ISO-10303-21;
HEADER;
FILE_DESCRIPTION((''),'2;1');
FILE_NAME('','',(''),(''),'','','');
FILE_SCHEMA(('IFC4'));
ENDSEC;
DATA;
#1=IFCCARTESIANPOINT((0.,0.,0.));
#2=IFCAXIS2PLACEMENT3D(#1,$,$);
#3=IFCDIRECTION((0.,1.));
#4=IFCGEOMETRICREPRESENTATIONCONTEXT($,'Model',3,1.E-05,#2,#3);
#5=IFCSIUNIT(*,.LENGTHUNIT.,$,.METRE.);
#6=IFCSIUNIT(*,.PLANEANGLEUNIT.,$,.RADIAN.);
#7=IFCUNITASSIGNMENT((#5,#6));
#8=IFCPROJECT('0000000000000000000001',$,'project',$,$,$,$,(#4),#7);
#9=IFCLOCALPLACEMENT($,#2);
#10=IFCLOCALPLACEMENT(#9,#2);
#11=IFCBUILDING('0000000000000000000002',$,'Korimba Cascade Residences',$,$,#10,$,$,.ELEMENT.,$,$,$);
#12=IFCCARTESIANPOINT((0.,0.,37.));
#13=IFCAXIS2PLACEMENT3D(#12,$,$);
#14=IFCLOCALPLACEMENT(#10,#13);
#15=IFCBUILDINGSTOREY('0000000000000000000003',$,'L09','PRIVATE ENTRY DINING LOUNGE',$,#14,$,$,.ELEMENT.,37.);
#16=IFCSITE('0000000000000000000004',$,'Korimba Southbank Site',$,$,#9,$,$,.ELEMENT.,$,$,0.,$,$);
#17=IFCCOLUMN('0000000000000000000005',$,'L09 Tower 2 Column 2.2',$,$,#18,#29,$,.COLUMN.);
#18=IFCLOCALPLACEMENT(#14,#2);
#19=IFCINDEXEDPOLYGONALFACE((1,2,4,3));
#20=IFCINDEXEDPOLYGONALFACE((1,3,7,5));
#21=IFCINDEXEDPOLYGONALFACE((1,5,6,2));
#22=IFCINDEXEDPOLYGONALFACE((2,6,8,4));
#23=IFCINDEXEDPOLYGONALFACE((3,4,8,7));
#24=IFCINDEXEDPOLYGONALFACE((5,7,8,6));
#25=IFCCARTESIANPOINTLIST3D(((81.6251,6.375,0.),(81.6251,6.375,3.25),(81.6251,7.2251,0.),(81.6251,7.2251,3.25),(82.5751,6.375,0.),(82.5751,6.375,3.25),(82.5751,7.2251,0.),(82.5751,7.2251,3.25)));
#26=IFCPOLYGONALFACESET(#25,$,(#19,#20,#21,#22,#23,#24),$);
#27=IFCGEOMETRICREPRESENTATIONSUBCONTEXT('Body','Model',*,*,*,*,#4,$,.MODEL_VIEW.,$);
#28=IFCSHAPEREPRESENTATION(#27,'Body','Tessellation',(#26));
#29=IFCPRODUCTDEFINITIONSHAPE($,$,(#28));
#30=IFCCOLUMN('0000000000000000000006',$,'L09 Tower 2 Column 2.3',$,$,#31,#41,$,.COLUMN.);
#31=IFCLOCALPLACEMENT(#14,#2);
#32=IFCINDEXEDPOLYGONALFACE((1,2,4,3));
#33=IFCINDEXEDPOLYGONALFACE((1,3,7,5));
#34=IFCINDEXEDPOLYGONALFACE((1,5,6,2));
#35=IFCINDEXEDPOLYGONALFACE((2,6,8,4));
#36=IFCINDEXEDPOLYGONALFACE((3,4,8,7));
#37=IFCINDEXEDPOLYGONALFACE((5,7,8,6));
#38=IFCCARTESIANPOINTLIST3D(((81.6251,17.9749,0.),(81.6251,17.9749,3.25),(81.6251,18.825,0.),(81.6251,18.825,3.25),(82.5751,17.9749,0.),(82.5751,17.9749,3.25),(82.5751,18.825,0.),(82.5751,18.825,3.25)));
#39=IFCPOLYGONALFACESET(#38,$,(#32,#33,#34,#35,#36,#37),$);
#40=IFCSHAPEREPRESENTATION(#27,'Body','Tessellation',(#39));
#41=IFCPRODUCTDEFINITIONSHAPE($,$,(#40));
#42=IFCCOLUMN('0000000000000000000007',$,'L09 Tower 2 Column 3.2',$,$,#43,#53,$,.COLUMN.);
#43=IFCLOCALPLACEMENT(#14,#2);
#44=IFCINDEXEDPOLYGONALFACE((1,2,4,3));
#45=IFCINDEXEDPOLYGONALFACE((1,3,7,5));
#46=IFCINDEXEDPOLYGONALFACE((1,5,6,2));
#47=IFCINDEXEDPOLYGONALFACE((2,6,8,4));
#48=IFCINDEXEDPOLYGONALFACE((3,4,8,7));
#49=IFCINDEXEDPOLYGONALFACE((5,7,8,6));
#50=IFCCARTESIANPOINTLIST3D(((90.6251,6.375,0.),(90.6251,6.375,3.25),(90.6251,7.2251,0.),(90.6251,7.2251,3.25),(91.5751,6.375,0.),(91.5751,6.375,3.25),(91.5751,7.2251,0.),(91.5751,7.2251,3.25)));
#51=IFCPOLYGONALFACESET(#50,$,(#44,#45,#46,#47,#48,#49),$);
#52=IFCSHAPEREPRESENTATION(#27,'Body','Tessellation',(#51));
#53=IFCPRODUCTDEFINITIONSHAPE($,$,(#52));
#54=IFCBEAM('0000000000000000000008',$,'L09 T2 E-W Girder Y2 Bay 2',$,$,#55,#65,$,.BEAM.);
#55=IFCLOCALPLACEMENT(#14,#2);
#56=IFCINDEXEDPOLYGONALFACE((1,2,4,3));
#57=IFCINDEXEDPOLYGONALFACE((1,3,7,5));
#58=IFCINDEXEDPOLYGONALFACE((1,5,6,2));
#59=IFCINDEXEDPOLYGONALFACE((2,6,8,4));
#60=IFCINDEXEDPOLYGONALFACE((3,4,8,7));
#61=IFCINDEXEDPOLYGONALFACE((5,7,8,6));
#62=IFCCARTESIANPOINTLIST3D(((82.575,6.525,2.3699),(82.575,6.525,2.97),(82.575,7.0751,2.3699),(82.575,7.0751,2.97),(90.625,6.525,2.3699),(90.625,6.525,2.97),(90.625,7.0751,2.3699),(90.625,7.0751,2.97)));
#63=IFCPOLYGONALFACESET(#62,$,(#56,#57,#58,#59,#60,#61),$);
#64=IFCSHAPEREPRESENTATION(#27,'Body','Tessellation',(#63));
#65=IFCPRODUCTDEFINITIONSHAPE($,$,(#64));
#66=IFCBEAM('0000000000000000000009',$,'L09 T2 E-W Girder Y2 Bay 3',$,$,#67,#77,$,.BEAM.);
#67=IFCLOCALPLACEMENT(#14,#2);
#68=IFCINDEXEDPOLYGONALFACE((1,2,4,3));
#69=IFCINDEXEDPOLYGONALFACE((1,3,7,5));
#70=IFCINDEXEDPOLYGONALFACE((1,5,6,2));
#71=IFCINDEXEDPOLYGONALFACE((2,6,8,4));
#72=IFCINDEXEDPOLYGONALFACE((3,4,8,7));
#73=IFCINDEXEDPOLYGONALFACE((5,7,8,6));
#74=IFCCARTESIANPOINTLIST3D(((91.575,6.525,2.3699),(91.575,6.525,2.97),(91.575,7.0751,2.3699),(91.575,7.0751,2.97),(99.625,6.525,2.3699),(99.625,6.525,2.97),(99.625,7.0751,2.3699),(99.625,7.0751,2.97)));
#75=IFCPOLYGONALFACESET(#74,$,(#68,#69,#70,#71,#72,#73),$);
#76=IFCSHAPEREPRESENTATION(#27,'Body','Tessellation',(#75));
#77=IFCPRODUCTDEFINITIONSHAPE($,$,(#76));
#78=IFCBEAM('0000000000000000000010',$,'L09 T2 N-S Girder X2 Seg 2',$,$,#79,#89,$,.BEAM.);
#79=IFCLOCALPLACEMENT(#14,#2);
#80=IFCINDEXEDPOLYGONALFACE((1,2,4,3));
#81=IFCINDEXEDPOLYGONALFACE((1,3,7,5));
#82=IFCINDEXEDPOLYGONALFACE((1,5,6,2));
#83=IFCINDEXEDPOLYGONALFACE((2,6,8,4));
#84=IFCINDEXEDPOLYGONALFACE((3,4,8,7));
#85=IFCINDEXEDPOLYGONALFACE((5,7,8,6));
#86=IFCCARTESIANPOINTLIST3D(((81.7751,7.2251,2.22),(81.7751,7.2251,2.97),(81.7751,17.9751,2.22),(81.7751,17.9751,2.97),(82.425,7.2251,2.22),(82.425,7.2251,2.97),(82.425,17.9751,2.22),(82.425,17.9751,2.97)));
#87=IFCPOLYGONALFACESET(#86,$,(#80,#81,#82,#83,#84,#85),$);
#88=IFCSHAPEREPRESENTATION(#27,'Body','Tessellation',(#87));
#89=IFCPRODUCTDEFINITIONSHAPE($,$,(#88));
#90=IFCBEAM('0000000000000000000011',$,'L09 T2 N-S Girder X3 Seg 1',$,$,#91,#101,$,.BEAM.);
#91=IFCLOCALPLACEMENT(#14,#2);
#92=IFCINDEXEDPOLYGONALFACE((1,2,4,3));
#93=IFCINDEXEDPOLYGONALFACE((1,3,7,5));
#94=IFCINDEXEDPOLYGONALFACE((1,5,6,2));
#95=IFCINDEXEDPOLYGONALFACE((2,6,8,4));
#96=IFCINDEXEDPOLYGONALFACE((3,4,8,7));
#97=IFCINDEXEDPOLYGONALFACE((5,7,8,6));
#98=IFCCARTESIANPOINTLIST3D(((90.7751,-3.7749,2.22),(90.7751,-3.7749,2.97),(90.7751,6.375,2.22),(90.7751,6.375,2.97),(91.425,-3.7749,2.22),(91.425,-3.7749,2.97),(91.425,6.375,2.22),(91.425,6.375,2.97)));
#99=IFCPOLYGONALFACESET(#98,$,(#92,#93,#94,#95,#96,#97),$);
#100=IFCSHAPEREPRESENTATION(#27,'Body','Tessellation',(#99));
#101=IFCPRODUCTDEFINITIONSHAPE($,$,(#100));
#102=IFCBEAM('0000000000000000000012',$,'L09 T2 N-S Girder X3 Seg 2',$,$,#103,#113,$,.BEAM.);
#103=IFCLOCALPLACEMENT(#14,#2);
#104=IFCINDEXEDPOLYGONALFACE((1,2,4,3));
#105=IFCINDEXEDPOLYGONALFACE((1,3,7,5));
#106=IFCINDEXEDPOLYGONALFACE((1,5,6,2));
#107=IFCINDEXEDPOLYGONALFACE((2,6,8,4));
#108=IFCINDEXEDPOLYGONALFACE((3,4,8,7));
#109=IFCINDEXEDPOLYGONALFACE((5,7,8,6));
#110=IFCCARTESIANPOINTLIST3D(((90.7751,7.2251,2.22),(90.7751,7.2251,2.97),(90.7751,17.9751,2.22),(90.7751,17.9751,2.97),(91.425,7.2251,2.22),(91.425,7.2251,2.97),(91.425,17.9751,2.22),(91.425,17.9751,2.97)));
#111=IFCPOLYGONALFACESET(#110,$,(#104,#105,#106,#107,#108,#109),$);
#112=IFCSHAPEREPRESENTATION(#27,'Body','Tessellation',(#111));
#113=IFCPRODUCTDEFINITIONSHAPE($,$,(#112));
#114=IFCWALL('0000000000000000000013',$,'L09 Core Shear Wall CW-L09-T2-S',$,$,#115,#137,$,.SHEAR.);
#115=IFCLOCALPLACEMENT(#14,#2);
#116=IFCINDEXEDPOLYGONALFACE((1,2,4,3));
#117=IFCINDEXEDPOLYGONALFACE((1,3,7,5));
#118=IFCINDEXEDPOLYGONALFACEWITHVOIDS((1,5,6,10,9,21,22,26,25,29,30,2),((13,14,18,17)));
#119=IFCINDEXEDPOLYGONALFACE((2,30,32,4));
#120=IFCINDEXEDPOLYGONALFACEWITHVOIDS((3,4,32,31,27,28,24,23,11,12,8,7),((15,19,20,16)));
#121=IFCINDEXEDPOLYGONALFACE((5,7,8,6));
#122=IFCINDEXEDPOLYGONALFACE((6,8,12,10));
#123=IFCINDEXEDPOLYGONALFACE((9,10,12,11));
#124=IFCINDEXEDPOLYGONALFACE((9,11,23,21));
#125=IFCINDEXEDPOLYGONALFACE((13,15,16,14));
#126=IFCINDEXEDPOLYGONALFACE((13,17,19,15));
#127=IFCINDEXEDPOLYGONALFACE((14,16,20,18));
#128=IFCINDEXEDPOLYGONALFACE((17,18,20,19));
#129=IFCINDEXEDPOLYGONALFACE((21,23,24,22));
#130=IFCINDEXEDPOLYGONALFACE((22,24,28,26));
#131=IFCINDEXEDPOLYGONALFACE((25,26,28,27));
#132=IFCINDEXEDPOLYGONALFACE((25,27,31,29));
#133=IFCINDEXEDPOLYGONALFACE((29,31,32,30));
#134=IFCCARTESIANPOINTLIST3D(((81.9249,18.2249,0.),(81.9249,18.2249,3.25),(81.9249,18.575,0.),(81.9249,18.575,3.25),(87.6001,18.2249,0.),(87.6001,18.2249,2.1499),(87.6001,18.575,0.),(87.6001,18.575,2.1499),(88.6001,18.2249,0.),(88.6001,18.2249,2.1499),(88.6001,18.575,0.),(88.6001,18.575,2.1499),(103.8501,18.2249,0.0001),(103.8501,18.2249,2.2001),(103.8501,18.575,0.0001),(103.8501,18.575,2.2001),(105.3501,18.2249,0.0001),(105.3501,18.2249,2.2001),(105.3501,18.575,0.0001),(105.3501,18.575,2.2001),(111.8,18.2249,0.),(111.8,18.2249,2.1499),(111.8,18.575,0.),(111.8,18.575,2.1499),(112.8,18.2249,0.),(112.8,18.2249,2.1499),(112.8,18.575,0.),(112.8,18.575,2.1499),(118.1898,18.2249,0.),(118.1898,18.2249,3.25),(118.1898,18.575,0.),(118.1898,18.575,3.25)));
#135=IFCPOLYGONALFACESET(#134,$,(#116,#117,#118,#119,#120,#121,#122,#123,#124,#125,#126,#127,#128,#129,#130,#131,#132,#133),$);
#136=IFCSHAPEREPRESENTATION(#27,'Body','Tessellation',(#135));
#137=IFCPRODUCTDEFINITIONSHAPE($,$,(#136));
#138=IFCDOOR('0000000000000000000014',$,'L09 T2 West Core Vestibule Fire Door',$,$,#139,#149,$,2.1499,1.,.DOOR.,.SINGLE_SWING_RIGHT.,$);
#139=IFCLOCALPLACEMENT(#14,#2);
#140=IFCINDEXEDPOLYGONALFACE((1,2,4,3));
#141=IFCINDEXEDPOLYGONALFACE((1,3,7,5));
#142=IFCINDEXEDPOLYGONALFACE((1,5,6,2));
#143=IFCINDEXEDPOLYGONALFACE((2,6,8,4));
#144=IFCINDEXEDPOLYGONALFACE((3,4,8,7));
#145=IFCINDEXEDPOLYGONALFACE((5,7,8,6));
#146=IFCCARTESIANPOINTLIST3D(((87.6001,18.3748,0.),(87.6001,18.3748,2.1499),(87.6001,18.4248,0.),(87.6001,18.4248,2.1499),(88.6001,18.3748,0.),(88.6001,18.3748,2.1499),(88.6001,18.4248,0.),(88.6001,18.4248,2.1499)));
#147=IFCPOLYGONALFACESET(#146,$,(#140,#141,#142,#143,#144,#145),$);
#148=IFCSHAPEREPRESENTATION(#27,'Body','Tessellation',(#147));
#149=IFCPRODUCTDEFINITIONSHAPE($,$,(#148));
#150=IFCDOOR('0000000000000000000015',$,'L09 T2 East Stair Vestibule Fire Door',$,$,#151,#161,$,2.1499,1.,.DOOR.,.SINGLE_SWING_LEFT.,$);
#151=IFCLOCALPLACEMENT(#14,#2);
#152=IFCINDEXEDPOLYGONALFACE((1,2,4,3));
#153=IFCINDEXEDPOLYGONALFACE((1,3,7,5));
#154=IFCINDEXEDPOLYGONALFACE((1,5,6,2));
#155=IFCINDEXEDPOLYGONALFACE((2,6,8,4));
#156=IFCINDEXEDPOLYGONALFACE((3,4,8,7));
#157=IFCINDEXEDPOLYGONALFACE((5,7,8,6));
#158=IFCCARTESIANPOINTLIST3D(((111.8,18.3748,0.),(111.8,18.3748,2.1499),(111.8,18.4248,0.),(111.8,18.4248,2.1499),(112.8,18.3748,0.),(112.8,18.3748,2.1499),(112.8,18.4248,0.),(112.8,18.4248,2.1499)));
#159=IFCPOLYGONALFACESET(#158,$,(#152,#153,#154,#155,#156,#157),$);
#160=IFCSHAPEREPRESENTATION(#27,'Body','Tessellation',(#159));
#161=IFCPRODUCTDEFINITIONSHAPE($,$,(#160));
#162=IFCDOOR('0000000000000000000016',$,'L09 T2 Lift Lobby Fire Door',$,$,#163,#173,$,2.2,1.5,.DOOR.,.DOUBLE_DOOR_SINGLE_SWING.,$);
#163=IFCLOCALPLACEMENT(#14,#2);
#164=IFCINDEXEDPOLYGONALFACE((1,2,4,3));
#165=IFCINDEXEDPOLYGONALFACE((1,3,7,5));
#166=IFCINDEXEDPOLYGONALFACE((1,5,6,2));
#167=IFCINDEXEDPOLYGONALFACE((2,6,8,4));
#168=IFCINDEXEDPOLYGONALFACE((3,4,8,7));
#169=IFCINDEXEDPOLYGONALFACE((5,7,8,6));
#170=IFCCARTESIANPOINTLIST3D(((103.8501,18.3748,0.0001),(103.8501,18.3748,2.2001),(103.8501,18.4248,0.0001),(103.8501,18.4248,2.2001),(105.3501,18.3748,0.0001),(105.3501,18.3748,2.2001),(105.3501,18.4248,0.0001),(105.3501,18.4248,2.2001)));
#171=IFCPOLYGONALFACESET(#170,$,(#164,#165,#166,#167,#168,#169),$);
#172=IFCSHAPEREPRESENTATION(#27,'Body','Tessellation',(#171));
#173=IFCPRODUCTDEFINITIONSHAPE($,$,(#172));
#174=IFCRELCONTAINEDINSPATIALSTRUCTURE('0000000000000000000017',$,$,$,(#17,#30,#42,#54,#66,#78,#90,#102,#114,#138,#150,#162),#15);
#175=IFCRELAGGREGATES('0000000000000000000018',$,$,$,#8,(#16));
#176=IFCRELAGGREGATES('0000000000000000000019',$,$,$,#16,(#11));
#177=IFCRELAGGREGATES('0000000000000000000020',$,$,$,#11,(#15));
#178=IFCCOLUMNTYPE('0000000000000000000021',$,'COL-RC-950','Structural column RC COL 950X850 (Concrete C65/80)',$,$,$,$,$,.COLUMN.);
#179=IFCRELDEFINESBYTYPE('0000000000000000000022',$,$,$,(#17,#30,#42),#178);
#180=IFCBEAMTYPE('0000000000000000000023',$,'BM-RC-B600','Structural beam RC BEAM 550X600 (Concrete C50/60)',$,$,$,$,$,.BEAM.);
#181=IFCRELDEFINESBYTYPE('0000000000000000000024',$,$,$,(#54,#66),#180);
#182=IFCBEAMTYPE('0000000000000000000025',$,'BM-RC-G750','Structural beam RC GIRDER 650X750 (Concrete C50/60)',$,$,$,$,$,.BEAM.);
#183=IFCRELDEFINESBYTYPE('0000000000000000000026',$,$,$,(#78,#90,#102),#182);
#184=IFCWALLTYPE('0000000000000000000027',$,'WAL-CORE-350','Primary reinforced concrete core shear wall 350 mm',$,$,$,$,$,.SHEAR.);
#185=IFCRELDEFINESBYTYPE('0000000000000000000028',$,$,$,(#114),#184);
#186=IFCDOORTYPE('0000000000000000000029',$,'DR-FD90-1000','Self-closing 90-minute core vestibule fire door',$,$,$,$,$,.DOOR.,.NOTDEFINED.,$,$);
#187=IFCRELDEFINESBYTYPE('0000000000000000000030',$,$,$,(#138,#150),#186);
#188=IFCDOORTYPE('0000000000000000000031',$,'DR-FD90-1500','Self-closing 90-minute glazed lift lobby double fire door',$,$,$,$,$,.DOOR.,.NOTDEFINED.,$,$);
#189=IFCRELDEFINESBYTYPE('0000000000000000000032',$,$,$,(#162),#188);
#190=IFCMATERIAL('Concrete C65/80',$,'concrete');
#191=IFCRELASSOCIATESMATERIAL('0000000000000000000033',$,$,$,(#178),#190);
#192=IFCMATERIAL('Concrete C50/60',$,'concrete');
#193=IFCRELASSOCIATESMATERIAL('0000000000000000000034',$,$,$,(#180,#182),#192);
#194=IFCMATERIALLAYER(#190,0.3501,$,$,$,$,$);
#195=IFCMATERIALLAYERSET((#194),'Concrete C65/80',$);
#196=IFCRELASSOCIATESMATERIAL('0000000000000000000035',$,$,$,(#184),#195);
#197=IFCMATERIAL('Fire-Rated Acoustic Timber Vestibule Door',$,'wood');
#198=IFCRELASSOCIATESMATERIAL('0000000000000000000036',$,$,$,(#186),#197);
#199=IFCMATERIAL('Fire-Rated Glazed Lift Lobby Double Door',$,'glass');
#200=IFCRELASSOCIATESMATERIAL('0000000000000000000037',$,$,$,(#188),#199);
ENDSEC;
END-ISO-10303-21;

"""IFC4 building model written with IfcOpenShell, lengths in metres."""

from ifc_helpers import new_model, si_unit, direction, frame, frame_2d, origin, origin_2d, place, context, subcontext, project, spatial, rectangle, extrude, material, layer, layer_set, material_profile, profile_set, type_object, element, fill, save


model = new_model("IFC4")

# Units and contexts
model_context = context("Model", 3, precision=1e-05, world=origin(), true_north=direction((0.0, 1.0)))
body_context = subcontext(model_context, "Body", "Model", "MODEL_VIEW")
ifc_project = project(units=[si_unit("LENGTHUNIT", "METRE"), si_unit("PLANEANGLEUNIT", "RADIAN")], contexts=[model_context])

# Site, building, storey
site_placement = place(None, origin())
site = spatial("IfcSite", under=ifc_project, at=site_placement, Name="Korimba Southbank Site", CompositionType="ELEMENT", RefElevation=0.0)
building_placement = place(site_placement, origin())
building = spatial("IfcBuilding", under=site, at=building_placement, Name="Korimba Cascade Residences", CompositionType="ELEMENT")
storey_placement = place(building_placement, frame((0.0, 0.0, 37.0)))
storey = spatial("IfcBuildingStorey", under=building, at=storey_placement, Name="L09", Description="PRIVATE ENTRY DINING LOUNGE", CompositionType="ELEMENT", Elevation=37.0)

# Columns
ifc_material_1 = material(Name="Concrete C65/80", Category="concrete")
ifc_material_profile_1 = material_profile(ifc_material_1, rectangle(XDim=0.95, YDim=0.8501, at=origin_2d()), Name="Concrete C65/80")
ifc_profile_set_1 = profile_set([ifc_material_profile_1], Name="Concrete C65/80")
column_type = type_object("IfcColumnType", Name="COL-RC-950", Description="Structural column RC COL 950X850 (Concrete C65/80)", PredefinedType="COLUMN", material=ifc_profile_set_1)
for number, where, z_axis, x_axis, name in (
    (1, (82.1001, 6.8, 0.0), (0.0, 0.0, 1.0), (1.0, 0.0, 0.0), "L09 Tower 2 Column 2.2"),
    (2, (82.1001, 18.3999, 0.0), (0.0, 0.0, 1.0), (1.0, 0.0, 0.0), "L09 Tower 2 Column 2.3"),
    (3, (91.1001, 6.8, 0.0), (0.0, 0.0, 1.0), (1.0, 0.0, 0.0), "L09 Tower 2 Column 3.2"),
):
    element("IfcColumn", number, at=place(storey_placement, frame(where, z_axis=z_axis, x_axis=x_axis)), inside=storey, type_object=column_type, Name=name, PredefinedType="COLUMN", context=body_context, shape_type="SweptSolid", body=[
        extrude(rectangle(XDim=0.95, YDim=0.8501, at=origin_2d()), origin(), (0.0, 0.0, 1.0), 3.25),
    ])

# Beams
ifc_material_2 = material(Name="Concrete C50/60", Category="concrete")
ifc_material_profile_2 = material_profile(ifc_material_2, rectangle(XDim=0.55, YDim=0.6001, at=origin_2d()), Name="Concrete C50/60")
ifc_profile_set_2 = profile_set([ifc_material_profile_2], Name="Concrete C50/60")
beam_type_1 = type_object("IfcBeamType", Name="BM-RC-B600", Description="Structural beam RC BEAM 550X600 (Concrete C50/60)", PredefinedType="BEAM", material=ifc_profile_set_2)
for number, where, z_axis, x_axis, name in (
    (4, (82.575, 6.8, 2.6699), (1.0, 0.0, 0.0), (0.0, 1.0, 0.0), "L09 T2 E-W Girder Y2 Bay 2"),
    (5, (91.575, 6.8, 2.6699), (1.0, 0.0, 0.0), (0.0, 1.0, 0.0), "L09 T2 E-W Girder Y2 Bay 3"),
):
    element("IfcBeam", number, at=place(storey_placement, frame(where, z_axis=z_axis, x_axis=x_axis)), inside=storey, type_object=beam_type_1, Name=name, PredefinedType="BEAM", context=body_context, shape_type="SweptSolid", body=[
        extrude(rectangle(XDim=0.55, YDim=0.6001, at=origin_2d()), origin(), (0.0, 0.0, 1.0), 8.05),
    ])
ifc_material_profile_3 = material_profile(ifc_material_2, rectangle(XDim=0.6499, YDim=0.75, at=origin_2d()), Name="Concrete C50/60")
ifc_profile_set_3 = profile_set([ifc_material_profile_3], Name="Concrete C50/60")
beam_type_2 = type_object("IfcBeamType", Name="BM-RC-G750", Description="Structural beam RC GIRDER 650X750 (Concrete C50/60)", PredefinedType="BEAM", material=ifc_profile_set_3)
beam_1_placement = place(storey_placement, frame((82.1001, 7.2251, 2.595), z_axis=(0.0, 1.0, 0.0), x_axis=(-1.0, 0.0, 0.0)))
element("IfcBeam", 6, at=beam_1_placement, inside=storey, type_object=beam_type_2, Name="L09 T2 N-S Girder X2 Seg 2", PredefinedType="BEAM", context=body_context, shape_type="SweptSolid", body=[
    extrude(rectangle(XDim=0.6499, YDim=0.75, at=origin_2d()), origin(), (0.0, 0.0, 1.0), 10.75),
])
beam_2_placement = place(storey_placement, frame((91.1001, -3.7749, 2.595), z_axis=(0.0, 1.0, 0.0), x_axis=(-1.0, 0.0, 0.0)))
element("IfcBeam", 7, at=beam_2_placement, inside=storey, type_object=beam_type_2, Name="L09 T2 N-S Girder X3 Seg 1", PredefinedType="BEAM", context=body_context, shape_type="SweptSolid", body=[
    extrude(rectangle(XDim=0.6499, YDim=0.75, at=origin_2d()), origin(), (0.0, 0.0, 1.0), 10.1499),
])
beam_3_placement = place(storey_placement, frame((91.1001, 7.2251, 2.595), z_axis=(0.0, 1.0, 0.0), x_axis=(-1.0, 0.0, 0.0)))
element("IfcBeam", 8, at=beam_3_placement, inside=storey, type_object=beam_type_2, Name="L09 T2 N-S Girder X3 Seg 2", PredefinedType="BEAM", context=body_context, shape_type="SweptSolid", body=[
    extrude(rectangle(XDim=0.6499, YDim=0.75, at=origin_2d()), origin(), (0.0, 0.0, 1.0), 10.75),
])

# Wall, openings, doors
ifc_layer_1 = layer(ifc_material_1, 0.3501)
ifc_layer_set_1 = layer_set([ifc_layer_1], Name="Concrete C65/80")
wall_type_1 = type_object("IfcWallType", Name="WAL-CORE-350", Description="Primary reinforced concrete core shear wall 350 mm", PredefinedType="SHEAR", material=ifc_layer_set_1)
wall_1_placement = place(storey_placement, frame((81.925, 18.3999, 0.0), z_axis=(0.0, 0.0, 1.0), x_axis=(1.0, 0.0, 0.0)))
wall_1 = element("IfcWall", 9, at=wall_1_placement, inside=storey, type_object=wall_type_1, Name="L09 Core Shear Wall CW-L09-T2-S", PredefinedType="SHEAR", context=body_context, shape_type="SweptSolid", body=[
    extrude(rectangle(XDim=36.2649, YDim=0.3501, at=frame_2d((18.1323, 0.0))), origin(), (0.0, 0.0, 1.0), 3.25),
])
opening_1_placement = place(wall_1_placement, frame((5.675, 0.0, 0.0)))
opening_1 = element("IfcOpeningElement", 10, at=opening_1_placement, cuts=wall_1, PredefinedType="OPENING", context=body_context, shape_type="SweptSolid", body=[
    extrude(rectangle(XDim=1.0, YDim=2.1499, at=frame_2d((0.5, 1.075))), frame((0.0, 0.1851, 0.0), z_axis=(0.0, -1.0, 0.0), x_axis=(1.0, 0.0, 0.0)), (0.0, 0.0, 1.0), 0.3701),
])
opening_2_placement = place(wall_1_placement, frame((21.925, 0.0, 0.0)))
opening_2 = element("IfcOpeningElement", 11, at=opening_2_placement, cuts=wall_1, PredefinedType="OPENING", context=body_context, shape_type="SweptSolid", body=[
    extrude(rectangle(XDim=1.5, YDim=2.2, at=frame_2d((0.75, 1.1001))), frame((0.0, 0.1851, 0.0), z_axis=(0.0, -1.0, 0.0), x_axis=(1.0, 0.0, 0.0)), (0.0, 0.0, 1.0), 0.3701),
])
opening_3_placement = place(wall_1_placement, frame((29.875, 0.0, 0.0)))
opening_3 = element("IfcOpeningElement", 12, at=opening_3_placement, cuts=wall_1, PredefinedType="OPENING", context=body_context, shape_type="SweptSolid", body=[
    extrude(rectangle(XDim=1.0, YDim=2.1499, at=frame_2d((0.5, 1.075))), frame((0.0, 0.1851, 0.0), z_axis=(0.0, -1.0, 0.0), x_axis=(1.0, 0.0, 0.0)), (0.0, 0.0, 1.0), 0.3701),
])
ifc_material_3 = material(Name="Fire-Rated Acoustic Timber Vestibule Door", Category="wood")
door_type_1 = type_object("IfcDoorType", Name="DR-FD90-1000", Description="Self-closing 90-minute core vestibule fire door", OperationType="NOTDEFINED", PredefinedType="DOOR", material=ifc_material_3)
door_1_placement = place(opening_1_placement, origin())
door_1 = element("IfcDoor", 13, at=door_1_placement, inside=storey, type_object=door_type_1, Name="L09 T2 West Core Vestibule Fire Door", OperationType="SINGLE_SWING_RIGHT", OverallHeight=2.1499, OverallWidth=1.0, PredefinedType="DOOR", context=body_context, shape_type="SweptSolid", body=[
    extrude(rectangle(XDim=1.0, YDim=2.1499, at=frame_2d((0.5, 1.075))), frame((0.0, 0.0249, 0.0), z_axis=(0.0, -1.0, 0.0), x_axis=(1.0, 0.0, 0.0)), (0.0, 0.0, 1.0), 0.05),
])
fill(opening_1, door_1)
door_2_placement = place(opening_3_placement, origin())
door_2 = element("IfcDoor", 14, at=door_2_placement, inside=storey, type_object=door_type_1, Name="L09 T2 East Stair Vestibule Fire Door", OperationType="SINGLE_SWING_LEFT", OverallHeight=2.1499, OverallWidth=1.0, PredefinedType="DOOR", context=body_context, shape_type="SweptSolid", body=[
    extrude(rectangle(XDim=1.0, YDim=2.1499, at=frame_2d((0.5, 1.075))), frame((0.0, 0.0249, 0.0), z_axis=(0.0, -1.0, 0.0), x_axis=(1.0, 0.0, 0.0)), (0.0, 0.0, 1.0), 0.05),
])
fill(opening_3, door_2)
ifc_material_4 = material(Name="Fire-Rated Glazed Lift Lobby Double Door", Category="glass")
door_type_2 = type_object("IfcDoorType", Name="DR-FD90-1500", Description="Self-closing 90-minute glazed lift lobby double fire door", OperationType="NOTDEFINED", PredefinedType="DOOR", material=ifc_material_4)
door_3_placement = place(opening_2_placement, origin())
door_3 = element("IfcDoor", 15, at=door_3_placement, inside=storey, type_object=door_type_2, Name="L09 T2 Lift Lobby Fire Door", OperationType="DOUBLE_DOOR_SINGLE_SWING", OverallHeight=2.2, OverallWidth=1.5, PredefinedType="DOOR", context=body_context, shape_type="SweptSolid", body=[
    extrude(rectangle(XDim=1.5, YDim=2.2, at=frame_2d((0.75, 1.1001))), frame((0.0, 0.0249, 0.0), z_axis=(0.0, -1.0, 0.0), x_axis=(1.0, 0.0, 0.0)), (0.0, 0.0, 1.0), 0.05),
])
fill(opening_2, door_3)

save(model, "model.ifc")
